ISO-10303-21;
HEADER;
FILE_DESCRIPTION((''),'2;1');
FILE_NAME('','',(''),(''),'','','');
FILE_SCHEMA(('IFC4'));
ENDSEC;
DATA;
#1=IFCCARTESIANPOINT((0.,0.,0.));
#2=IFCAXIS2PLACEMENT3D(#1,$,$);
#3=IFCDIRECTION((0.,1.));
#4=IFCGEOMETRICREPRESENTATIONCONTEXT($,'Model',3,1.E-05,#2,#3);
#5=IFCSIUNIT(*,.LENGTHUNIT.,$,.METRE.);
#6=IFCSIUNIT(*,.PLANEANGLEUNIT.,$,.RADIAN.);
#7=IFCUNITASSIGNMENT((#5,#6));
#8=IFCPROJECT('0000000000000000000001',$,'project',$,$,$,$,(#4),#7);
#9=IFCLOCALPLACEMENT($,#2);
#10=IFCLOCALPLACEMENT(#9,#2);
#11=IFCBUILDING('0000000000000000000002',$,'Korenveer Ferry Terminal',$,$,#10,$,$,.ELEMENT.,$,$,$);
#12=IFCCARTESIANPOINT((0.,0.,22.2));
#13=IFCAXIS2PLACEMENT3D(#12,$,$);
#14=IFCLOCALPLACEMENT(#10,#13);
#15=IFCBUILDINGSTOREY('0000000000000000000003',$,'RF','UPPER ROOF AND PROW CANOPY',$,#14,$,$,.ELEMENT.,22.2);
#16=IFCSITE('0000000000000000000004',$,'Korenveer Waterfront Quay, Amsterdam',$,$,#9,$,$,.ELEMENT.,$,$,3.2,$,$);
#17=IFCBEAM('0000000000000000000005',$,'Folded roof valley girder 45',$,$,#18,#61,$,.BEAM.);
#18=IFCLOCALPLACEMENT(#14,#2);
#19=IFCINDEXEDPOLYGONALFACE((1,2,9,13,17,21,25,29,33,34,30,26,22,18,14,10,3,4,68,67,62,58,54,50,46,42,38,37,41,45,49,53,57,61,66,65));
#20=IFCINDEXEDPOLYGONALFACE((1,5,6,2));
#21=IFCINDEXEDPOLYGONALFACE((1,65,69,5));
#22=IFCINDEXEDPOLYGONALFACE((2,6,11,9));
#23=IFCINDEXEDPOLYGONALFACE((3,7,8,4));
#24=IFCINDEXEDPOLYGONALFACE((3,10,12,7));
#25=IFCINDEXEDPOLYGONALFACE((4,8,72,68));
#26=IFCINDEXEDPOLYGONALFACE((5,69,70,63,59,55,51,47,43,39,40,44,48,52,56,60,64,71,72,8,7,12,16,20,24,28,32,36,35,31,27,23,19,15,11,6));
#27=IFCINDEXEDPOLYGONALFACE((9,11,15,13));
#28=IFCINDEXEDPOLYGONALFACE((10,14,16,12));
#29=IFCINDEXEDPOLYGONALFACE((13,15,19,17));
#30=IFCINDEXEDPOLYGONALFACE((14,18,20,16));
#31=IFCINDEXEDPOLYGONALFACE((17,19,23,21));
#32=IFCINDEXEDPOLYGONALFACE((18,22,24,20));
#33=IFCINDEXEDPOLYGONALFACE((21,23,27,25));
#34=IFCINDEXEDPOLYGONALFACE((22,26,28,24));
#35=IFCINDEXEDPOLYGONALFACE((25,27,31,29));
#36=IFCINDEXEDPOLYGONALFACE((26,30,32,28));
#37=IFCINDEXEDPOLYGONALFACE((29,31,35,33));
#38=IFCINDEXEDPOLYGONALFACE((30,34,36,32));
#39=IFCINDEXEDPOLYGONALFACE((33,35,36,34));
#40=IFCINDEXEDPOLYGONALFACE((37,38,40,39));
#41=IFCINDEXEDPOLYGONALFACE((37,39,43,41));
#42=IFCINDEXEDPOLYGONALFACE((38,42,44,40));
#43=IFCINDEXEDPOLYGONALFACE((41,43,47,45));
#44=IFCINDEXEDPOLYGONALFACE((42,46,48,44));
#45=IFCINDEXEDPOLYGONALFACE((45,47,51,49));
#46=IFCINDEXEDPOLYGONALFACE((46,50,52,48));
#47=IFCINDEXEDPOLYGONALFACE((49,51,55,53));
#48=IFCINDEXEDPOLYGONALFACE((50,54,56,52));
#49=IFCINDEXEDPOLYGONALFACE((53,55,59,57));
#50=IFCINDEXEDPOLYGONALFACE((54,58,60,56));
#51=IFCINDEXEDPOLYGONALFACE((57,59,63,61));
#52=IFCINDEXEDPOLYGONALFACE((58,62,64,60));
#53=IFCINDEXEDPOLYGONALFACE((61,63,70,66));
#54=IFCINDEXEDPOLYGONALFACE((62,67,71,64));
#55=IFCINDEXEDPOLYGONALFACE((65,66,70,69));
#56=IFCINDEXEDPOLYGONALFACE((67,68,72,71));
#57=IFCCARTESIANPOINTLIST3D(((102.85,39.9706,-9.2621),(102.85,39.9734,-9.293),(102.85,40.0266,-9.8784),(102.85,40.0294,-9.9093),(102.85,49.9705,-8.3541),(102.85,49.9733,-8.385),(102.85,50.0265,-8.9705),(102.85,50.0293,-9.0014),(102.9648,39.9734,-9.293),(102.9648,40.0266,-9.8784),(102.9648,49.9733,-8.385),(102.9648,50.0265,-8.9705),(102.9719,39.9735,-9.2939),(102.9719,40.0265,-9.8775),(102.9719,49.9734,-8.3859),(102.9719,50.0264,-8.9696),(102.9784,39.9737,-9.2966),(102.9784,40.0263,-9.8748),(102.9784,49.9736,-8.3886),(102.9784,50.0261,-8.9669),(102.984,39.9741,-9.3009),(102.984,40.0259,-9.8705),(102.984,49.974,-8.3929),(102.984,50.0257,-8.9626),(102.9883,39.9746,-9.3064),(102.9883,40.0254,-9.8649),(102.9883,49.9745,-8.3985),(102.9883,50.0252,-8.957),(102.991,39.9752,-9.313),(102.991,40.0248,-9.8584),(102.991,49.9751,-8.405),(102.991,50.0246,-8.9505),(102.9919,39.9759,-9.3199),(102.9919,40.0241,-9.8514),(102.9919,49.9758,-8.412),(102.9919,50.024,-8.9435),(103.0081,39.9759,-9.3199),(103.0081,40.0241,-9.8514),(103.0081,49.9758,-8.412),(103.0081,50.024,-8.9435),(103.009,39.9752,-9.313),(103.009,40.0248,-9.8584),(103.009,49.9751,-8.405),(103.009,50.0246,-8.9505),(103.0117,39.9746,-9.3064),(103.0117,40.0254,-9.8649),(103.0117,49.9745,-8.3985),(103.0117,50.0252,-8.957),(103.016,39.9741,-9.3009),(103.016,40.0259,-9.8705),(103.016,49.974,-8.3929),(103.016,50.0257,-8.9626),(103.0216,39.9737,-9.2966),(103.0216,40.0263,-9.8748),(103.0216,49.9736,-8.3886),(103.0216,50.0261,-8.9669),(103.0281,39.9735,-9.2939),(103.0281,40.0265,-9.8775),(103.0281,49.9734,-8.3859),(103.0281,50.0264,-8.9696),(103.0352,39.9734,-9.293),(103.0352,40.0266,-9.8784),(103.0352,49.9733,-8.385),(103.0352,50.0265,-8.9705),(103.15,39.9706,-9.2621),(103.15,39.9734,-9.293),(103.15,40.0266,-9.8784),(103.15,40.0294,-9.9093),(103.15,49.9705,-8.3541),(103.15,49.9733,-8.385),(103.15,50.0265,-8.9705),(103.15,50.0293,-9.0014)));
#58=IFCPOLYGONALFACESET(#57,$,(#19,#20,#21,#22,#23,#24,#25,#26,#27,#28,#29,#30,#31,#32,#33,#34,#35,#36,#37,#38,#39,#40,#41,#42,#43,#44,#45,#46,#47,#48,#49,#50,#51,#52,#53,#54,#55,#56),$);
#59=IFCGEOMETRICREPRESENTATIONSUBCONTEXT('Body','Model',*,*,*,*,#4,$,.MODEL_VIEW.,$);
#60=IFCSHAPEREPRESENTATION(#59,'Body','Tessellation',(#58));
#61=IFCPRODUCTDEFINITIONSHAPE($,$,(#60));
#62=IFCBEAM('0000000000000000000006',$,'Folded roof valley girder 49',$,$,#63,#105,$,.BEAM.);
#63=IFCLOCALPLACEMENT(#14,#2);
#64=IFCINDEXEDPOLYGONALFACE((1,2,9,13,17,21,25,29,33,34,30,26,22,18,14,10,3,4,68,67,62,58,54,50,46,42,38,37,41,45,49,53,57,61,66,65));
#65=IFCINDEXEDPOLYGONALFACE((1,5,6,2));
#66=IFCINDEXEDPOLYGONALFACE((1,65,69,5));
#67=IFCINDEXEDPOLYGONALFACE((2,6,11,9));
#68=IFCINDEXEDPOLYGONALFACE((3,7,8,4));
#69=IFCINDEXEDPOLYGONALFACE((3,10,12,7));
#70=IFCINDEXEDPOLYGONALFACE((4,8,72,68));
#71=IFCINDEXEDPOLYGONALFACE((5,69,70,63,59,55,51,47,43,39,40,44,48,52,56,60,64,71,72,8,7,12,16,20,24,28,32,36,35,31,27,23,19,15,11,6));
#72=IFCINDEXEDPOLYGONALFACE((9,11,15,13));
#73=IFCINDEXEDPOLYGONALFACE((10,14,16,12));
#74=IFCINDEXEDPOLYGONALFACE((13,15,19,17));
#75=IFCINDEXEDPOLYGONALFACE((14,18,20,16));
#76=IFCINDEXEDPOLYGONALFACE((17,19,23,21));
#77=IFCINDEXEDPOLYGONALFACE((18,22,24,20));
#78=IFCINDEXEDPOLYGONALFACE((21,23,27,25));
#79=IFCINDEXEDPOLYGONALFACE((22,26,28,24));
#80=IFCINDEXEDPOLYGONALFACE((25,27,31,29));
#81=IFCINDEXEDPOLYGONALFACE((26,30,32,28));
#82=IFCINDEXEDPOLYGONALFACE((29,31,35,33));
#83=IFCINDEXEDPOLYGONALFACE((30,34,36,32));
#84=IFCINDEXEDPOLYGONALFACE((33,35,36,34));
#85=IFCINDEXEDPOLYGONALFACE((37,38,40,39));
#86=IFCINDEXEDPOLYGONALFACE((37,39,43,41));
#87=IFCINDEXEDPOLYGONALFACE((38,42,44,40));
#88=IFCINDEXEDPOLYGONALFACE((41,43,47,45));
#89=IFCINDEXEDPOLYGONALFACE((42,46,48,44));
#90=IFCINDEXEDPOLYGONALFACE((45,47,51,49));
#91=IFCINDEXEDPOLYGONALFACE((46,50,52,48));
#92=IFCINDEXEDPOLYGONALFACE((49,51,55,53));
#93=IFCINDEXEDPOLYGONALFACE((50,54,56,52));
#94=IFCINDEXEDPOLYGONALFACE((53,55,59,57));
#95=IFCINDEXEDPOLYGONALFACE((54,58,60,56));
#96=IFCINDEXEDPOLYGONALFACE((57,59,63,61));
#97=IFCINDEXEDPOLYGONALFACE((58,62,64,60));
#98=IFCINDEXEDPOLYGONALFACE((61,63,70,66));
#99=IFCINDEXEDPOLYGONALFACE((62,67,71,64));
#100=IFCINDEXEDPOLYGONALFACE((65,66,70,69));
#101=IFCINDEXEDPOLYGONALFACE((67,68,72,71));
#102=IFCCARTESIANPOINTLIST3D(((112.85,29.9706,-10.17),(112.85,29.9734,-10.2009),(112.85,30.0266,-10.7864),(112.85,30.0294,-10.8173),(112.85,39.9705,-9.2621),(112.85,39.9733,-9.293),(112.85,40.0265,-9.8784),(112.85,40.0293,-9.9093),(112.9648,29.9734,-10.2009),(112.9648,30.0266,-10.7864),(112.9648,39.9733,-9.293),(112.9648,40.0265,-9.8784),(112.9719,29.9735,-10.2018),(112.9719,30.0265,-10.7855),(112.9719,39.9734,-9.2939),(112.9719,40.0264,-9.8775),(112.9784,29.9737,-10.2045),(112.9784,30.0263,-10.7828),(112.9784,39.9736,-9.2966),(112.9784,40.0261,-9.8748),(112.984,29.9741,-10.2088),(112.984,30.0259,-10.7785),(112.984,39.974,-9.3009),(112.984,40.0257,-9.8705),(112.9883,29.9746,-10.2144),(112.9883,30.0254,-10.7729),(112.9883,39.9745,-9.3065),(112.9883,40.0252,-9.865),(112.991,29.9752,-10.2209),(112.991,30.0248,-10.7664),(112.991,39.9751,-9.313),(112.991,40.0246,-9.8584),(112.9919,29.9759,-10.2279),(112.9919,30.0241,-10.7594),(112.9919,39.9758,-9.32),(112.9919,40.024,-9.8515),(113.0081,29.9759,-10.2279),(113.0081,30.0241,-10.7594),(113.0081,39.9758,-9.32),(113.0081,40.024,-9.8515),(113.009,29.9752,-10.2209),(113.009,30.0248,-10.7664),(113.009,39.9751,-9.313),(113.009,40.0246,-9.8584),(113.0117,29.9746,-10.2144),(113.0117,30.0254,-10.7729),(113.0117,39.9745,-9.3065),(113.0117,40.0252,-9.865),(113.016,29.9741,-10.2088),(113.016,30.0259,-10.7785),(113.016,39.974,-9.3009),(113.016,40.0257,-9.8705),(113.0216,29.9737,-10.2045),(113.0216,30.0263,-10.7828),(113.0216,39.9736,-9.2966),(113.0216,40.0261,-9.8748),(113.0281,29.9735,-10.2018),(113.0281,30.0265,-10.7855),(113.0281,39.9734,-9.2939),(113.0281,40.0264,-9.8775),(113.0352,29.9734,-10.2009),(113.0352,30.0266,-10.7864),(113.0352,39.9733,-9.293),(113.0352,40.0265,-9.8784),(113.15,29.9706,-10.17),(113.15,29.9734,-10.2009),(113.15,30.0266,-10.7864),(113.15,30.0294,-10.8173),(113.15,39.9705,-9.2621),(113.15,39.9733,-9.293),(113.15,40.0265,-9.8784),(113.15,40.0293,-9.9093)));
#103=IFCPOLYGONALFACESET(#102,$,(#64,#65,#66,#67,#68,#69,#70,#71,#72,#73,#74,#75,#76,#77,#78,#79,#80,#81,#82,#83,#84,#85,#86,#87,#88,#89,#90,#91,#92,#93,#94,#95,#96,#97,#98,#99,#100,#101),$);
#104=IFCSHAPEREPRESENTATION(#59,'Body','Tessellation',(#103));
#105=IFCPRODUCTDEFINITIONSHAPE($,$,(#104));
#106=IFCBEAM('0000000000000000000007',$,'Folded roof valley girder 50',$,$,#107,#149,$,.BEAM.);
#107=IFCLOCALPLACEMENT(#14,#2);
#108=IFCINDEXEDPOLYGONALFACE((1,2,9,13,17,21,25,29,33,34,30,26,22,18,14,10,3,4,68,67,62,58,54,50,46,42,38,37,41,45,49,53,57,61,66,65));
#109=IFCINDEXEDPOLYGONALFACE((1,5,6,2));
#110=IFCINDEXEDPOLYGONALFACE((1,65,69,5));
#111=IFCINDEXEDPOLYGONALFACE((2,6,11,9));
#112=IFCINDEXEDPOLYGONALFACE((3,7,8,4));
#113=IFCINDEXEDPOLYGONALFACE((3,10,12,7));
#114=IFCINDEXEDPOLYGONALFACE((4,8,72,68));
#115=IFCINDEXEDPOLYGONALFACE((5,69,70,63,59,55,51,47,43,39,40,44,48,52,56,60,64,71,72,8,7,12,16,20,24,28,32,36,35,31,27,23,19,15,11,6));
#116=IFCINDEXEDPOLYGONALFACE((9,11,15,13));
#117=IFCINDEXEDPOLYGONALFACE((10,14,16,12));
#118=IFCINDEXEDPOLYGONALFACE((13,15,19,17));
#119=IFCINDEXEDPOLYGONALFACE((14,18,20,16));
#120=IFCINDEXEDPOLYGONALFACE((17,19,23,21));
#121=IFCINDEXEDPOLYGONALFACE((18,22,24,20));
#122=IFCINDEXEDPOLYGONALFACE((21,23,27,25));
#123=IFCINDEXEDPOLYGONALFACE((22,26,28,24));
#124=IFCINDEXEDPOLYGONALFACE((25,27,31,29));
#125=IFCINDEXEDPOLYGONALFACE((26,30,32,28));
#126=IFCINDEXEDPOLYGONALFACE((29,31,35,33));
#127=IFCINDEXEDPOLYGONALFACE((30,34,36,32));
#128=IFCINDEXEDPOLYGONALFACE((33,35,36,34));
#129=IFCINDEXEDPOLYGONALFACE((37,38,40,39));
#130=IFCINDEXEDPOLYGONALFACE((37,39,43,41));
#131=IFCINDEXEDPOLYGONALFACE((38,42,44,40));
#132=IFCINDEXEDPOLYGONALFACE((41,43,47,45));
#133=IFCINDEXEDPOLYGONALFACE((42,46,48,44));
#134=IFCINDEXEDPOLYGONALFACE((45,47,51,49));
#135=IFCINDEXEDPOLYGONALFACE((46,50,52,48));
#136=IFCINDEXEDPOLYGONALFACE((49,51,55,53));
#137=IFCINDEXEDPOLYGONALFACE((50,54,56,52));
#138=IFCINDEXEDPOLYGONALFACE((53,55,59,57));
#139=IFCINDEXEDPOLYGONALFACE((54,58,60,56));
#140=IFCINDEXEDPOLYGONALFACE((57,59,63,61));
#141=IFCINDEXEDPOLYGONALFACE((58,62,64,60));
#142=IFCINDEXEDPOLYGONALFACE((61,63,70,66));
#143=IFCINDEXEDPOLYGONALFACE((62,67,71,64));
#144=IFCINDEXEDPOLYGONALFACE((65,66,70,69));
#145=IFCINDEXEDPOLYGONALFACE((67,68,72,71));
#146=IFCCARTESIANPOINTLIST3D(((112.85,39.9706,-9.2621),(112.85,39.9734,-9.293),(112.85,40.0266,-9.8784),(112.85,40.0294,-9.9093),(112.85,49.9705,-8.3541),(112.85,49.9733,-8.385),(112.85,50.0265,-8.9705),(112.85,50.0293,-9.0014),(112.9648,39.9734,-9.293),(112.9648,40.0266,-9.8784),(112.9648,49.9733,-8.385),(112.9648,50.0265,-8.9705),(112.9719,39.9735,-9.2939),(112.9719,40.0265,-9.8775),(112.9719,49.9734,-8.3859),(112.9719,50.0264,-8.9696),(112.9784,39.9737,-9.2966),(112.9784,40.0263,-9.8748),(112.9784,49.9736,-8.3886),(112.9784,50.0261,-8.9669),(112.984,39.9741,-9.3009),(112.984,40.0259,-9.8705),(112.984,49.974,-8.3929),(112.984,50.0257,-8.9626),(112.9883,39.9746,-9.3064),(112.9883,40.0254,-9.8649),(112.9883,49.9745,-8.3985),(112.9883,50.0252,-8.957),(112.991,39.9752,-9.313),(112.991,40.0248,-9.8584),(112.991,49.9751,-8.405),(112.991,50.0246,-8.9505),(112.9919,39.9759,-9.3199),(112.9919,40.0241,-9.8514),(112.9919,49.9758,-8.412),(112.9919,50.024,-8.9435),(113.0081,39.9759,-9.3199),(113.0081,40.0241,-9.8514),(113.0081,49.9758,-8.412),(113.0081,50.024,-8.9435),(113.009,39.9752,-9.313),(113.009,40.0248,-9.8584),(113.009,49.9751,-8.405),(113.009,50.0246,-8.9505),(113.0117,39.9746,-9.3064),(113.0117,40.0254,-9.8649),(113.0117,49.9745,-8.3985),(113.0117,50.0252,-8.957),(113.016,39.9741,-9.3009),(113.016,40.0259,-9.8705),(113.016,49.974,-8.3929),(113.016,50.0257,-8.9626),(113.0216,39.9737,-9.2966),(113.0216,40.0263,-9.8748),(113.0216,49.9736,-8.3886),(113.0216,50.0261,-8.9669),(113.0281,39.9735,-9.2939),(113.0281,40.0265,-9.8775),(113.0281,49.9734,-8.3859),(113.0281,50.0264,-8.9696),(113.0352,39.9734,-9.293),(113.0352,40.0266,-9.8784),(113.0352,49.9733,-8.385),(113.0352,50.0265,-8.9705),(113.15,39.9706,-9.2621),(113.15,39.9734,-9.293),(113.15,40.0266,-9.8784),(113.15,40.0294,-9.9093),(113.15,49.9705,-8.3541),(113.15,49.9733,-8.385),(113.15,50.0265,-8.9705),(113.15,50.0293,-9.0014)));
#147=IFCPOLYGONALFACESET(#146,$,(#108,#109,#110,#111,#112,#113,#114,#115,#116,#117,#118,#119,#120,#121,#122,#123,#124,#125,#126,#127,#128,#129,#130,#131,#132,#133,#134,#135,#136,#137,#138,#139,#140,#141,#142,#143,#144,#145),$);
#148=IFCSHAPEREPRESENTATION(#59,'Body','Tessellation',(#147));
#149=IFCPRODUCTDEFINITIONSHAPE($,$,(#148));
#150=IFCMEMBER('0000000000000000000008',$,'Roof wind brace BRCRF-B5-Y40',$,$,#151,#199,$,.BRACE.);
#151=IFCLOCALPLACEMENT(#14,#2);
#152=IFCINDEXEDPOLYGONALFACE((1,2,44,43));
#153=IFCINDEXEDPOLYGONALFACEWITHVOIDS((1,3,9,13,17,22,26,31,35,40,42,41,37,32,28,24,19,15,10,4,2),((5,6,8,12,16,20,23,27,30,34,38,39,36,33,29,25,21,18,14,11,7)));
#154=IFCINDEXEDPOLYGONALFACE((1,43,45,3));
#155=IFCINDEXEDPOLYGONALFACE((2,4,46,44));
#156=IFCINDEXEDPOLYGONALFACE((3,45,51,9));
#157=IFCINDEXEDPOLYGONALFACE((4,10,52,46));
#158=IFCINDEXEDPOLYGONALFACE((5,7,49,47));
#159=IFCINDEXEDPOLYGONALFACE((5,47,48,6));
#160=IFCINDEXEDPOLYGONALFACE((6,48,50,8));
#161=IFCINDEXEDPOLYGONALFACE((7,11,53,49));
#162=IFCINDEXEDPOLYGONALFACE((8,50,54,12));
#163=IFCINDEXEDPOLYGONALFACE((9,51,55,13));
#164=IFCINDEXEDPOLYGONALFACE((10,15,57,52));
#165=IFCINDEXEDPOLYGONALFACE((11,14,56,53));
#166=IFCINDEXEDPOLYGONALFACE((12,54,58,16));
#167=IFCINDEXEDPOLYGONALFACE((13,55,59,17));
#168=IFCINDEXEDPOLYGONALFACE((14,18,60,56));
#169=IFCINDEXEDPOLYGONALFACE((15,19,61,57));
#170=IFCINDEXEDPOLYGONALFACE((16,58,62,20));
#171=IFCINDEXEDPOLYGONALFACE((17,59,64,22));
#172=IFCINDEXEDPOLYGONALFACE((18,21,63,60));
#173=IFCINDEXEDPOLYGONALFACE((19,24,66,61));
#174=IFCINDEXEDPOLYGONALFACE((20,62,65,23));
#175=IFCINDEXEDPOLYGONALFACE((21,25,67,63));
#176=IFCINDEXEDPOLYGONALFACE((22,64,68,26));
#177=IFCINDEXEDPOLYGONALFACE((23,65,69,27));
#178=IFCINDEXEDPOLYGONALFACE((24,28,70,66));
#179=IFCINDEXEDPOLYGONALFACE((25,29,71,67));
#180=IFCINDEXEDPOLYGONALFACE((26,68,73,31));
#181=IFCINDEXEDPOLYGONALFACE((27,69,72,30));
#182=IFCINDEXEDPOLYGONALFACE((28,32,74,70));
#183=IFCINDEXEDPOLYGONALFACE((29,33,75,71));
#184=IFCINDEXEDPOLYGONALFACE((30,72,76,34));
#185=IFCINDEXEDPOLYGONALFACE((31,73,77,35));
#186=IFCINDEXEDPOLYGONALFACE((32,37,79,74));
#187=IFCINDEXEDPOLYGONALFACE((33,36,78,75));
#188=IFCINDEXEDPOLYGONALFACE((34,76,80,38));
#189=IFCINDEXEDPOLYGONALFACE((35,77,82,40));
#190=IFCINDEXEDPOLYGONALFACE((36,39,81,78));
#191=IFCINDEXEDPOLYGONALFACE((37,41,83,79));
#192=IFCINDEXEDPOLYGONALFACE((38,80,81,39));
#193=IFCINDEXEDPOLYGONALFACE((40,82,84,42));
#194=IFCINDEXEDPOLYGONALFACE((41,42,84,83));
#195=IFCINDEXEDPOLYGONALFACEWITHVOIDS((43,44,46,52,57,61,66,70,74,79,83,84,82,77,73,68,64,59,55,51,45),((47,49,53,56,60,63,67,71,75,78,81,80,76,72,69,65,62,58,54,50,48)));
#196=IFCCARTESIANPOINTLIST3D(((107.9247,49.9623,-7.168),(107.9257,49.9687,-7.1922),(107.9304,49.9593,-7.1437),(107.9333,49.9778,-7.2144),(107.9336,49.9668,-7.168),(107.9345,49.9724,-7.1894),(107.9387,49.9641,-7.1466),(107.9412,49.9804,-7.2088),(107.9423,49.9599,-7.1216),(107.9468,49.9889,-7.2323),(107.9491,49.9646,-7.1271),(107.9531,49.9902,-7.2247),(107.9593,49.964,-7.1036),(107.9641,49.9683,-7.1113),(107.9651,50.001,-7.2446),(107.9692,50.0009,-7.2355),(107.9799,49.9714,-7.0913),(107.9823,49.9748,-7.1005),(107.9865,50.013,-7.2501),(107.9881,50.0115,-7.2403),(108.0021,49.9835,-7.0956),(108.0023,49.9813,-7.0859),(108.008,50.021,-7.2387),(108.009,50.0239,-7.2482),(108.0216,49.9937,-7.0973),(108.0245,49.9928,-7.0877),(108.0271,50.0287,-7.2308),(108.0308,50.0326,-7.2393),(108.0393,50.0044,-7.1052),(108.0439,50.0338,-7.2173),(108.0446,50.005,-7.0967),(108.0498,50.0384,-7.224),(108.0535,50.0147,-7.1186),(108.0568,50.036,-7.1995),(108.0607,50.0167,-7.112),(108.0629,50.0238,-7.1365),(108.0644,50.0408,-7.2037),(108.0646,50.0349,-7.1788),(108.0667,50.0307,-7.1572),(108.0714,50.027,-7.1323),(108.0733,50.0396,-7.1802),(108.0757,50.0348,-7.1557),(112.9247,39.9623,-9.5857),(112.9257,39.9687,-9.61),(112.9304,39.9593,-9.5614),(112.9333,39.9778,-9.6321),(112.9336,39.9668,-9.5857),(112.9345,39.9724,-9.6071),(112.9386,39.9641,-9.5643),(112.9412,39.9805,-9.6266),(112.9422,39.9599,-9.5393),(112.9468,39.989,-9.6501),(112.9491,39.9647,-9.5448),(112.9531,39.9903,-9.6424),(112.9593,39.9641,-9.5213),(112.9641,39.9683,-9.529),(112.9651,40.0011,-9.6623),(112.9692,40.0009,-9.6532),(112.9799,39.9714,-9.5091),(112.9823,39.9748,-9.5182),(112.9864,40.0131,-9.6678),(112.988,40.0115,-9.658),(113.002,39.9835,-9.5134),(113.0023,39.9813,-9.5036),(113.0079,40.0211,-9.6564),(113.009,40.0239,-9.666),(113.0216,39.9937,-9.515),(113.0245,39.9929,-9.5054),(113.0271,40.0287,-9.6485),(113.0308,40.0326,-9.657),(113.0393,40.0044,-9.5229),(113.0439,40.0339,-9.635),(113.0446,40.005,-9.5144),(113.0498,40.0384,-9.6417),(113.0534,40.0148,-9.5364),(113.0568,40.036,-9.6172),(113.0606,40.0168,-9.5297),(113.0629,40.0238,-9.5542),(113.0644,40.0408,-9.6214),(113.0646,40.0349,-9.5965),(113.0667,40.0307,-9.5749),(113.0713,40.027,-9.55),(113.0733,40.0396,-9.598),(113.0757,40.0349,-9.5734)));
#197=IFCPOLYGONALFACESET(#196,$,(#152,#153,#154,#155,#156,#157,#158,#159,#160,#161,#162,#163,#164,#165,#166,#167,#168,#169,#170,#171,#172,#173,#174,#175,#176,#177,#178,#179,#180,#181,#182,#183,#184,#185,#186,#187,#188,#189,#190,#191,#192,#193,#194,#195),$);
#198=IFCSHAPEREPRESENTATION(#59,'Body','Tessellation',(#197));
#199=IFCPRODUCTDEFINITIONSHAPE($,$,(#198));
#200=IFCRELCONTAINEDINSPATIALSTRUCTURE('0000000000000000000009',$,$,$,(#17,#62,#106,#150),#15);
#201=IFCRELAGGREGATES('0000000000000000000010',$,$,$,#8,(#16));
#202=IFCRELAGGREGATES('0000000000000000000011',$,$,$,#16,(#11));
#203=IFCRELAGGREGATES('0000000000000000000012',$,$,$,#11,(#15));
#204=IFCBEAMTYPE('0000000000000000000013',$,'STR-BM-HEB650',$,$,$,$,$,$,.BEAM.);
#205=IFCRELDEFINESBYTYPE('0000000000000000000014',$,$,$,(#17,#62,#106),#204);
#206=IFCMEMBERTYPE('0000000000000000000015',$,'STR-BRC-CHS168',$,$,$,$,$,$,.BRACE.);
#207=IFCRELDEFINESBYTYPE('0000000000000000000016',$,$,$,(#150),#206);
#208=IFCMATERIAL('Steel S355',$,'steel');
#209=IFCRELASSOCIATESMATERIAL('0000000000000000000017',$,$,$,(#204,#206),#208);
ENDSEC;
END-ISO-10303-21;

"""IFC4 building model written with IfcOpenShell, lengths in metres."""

from ifc_helpers import new_model, si_unit, direction, frame, origin, origin_2d, place, context, subcontext, project, spatial, hollow_circle, i_section, extrude, material, material_profile, profile_set, type_object, element, save


model = new_model("IFC4")

# Units and contexts
model_context = context("Model", 3, precision=1e-05, world=origin(), true_north=direction((0.0, 1.0)))
body_context = subcontext(model_context, "Body", "Model", "MODEL_VIEW")
ifc_project = project(units=[si_unit("LENGTHUNIT", "METRE"), si_unit("PLANEANGLEUNIT", "RADIAN")], contexts=[model_context])

# Site, building, storey
site_placement = place(None, origin())
site = spatial("IfcSite", under=ifc_project, at=site_placement, Name="Korenveer Waterfront Quay, Amsterdam", CompositionType="ELEMENT", RefElevation=3.2)
building_placement = place(site_placement, origin())
building = spatial("IfcBuilding", under=site, at=building_placement, Name="Korenveer Ferry Terminal", CompositionType="ELEMENT")
storey_placement = place(building_placement, frame((0.0, 0.0, 22.2)))
storey = spatial("IfcBuildingStorey", under=building, at=storey_placement, Name="RF", Description="UPPER ROOF AND PROW CANOPY", CompositionType="ELEMENT", Elevation=22.2)

# Beams
ifc_material_1 = material(Name="Steel S355", Category="steel")
ifc_material_profile_1 = material_profile(ifc_material_1, i_section(OverallWidth=0.3, OverallDepth=0.6499, WebThickness=0.0161, FlangeThickness=0.031, FilletRadius=0.0271, at=origin_2d()), Name="HEB 650")
ifc_profile_set_1 = profile_set([ifc_material_profile_1], Name="Steel S355")
beam_type_1 = type_object("IfcBeamType", Name="STR-BM-HEB650", PredefinedType="BEAM", material=ifc_profile_set_1)
for number, where, z_axis, x_axis, name in (
    (1, (103.0, 40.0, -9.5857), (0.0, 0.995903, 0.090424), (-1.0, 0.0, 0.0), "Folded roof valley girder 45"),
    (2, (113.0, 30.0, -10.4937), (0.0, 0.995903, 0.090424), (-1.0, 0.0, 0.0), "Folded roof valley girder 49"),
    (3, (113.0, 40.0, -9.5857), (0.0, 0.995903, 0.090424), (-1.0, 0.0, 0.0), "Folded roof valley girder 50"),
):
    element("IfcBeam", number, at=place(storey_placement, frame(where, z_axis=z_axis, x_axis=x_axis)), inside=storey, type_object=beam_type_1, Name=name, PredefinedType="BEAM", context=body_context, shape_type="SweptSolid", body=[
        extrude(i_section(OverallWidth=0.3, OverallDepth=0.6499, WebThickness=0.0161, FlangeThickness=0.031, FilletRadius=0.0271, at=origin_2d()), origin(), (0.0, 0.0, 1.0), 10.041),
    ])

# Member
ifc_material_profile_2 = material_profile(ifc_material_1, hollow_circle(Radius=0.0842, WallThickness=0.01, at=origin_2d()), Name="CHS 168.3x10")
ifc_profile_set_2 = profile_set([ifc_material_profile_2], Name="Steel S355")
member_type_1 = type_object("IfcMemberType", Name="STR-BRC-CHS168", PredefinedType="BRACE", material=ifc_profile_set_2)
member_1_placement = place(storey_placement, frame((113.0, 40.0, -9.5857), z_axis=(-0.43711, 0.87422, 0.211362), x_axis=(-0.894427, -0.447214, 0.0)))
element("IfcMember", 4, at=member_1_placement, inside=storey, type_object=member_type_1, Name="Roof wind brace BRCRF-B5-Y40", PredefinedType="BRACE", context=body_context, shape_type="SweptSolid", body=[
    extrude(hollow_circle(Radius=0.0842, WallThickness=0.01, at=origin_2d()), origin(), (0.0, 0.0, 1.0), 11.4387),
])

save(model, "model.ifc")
